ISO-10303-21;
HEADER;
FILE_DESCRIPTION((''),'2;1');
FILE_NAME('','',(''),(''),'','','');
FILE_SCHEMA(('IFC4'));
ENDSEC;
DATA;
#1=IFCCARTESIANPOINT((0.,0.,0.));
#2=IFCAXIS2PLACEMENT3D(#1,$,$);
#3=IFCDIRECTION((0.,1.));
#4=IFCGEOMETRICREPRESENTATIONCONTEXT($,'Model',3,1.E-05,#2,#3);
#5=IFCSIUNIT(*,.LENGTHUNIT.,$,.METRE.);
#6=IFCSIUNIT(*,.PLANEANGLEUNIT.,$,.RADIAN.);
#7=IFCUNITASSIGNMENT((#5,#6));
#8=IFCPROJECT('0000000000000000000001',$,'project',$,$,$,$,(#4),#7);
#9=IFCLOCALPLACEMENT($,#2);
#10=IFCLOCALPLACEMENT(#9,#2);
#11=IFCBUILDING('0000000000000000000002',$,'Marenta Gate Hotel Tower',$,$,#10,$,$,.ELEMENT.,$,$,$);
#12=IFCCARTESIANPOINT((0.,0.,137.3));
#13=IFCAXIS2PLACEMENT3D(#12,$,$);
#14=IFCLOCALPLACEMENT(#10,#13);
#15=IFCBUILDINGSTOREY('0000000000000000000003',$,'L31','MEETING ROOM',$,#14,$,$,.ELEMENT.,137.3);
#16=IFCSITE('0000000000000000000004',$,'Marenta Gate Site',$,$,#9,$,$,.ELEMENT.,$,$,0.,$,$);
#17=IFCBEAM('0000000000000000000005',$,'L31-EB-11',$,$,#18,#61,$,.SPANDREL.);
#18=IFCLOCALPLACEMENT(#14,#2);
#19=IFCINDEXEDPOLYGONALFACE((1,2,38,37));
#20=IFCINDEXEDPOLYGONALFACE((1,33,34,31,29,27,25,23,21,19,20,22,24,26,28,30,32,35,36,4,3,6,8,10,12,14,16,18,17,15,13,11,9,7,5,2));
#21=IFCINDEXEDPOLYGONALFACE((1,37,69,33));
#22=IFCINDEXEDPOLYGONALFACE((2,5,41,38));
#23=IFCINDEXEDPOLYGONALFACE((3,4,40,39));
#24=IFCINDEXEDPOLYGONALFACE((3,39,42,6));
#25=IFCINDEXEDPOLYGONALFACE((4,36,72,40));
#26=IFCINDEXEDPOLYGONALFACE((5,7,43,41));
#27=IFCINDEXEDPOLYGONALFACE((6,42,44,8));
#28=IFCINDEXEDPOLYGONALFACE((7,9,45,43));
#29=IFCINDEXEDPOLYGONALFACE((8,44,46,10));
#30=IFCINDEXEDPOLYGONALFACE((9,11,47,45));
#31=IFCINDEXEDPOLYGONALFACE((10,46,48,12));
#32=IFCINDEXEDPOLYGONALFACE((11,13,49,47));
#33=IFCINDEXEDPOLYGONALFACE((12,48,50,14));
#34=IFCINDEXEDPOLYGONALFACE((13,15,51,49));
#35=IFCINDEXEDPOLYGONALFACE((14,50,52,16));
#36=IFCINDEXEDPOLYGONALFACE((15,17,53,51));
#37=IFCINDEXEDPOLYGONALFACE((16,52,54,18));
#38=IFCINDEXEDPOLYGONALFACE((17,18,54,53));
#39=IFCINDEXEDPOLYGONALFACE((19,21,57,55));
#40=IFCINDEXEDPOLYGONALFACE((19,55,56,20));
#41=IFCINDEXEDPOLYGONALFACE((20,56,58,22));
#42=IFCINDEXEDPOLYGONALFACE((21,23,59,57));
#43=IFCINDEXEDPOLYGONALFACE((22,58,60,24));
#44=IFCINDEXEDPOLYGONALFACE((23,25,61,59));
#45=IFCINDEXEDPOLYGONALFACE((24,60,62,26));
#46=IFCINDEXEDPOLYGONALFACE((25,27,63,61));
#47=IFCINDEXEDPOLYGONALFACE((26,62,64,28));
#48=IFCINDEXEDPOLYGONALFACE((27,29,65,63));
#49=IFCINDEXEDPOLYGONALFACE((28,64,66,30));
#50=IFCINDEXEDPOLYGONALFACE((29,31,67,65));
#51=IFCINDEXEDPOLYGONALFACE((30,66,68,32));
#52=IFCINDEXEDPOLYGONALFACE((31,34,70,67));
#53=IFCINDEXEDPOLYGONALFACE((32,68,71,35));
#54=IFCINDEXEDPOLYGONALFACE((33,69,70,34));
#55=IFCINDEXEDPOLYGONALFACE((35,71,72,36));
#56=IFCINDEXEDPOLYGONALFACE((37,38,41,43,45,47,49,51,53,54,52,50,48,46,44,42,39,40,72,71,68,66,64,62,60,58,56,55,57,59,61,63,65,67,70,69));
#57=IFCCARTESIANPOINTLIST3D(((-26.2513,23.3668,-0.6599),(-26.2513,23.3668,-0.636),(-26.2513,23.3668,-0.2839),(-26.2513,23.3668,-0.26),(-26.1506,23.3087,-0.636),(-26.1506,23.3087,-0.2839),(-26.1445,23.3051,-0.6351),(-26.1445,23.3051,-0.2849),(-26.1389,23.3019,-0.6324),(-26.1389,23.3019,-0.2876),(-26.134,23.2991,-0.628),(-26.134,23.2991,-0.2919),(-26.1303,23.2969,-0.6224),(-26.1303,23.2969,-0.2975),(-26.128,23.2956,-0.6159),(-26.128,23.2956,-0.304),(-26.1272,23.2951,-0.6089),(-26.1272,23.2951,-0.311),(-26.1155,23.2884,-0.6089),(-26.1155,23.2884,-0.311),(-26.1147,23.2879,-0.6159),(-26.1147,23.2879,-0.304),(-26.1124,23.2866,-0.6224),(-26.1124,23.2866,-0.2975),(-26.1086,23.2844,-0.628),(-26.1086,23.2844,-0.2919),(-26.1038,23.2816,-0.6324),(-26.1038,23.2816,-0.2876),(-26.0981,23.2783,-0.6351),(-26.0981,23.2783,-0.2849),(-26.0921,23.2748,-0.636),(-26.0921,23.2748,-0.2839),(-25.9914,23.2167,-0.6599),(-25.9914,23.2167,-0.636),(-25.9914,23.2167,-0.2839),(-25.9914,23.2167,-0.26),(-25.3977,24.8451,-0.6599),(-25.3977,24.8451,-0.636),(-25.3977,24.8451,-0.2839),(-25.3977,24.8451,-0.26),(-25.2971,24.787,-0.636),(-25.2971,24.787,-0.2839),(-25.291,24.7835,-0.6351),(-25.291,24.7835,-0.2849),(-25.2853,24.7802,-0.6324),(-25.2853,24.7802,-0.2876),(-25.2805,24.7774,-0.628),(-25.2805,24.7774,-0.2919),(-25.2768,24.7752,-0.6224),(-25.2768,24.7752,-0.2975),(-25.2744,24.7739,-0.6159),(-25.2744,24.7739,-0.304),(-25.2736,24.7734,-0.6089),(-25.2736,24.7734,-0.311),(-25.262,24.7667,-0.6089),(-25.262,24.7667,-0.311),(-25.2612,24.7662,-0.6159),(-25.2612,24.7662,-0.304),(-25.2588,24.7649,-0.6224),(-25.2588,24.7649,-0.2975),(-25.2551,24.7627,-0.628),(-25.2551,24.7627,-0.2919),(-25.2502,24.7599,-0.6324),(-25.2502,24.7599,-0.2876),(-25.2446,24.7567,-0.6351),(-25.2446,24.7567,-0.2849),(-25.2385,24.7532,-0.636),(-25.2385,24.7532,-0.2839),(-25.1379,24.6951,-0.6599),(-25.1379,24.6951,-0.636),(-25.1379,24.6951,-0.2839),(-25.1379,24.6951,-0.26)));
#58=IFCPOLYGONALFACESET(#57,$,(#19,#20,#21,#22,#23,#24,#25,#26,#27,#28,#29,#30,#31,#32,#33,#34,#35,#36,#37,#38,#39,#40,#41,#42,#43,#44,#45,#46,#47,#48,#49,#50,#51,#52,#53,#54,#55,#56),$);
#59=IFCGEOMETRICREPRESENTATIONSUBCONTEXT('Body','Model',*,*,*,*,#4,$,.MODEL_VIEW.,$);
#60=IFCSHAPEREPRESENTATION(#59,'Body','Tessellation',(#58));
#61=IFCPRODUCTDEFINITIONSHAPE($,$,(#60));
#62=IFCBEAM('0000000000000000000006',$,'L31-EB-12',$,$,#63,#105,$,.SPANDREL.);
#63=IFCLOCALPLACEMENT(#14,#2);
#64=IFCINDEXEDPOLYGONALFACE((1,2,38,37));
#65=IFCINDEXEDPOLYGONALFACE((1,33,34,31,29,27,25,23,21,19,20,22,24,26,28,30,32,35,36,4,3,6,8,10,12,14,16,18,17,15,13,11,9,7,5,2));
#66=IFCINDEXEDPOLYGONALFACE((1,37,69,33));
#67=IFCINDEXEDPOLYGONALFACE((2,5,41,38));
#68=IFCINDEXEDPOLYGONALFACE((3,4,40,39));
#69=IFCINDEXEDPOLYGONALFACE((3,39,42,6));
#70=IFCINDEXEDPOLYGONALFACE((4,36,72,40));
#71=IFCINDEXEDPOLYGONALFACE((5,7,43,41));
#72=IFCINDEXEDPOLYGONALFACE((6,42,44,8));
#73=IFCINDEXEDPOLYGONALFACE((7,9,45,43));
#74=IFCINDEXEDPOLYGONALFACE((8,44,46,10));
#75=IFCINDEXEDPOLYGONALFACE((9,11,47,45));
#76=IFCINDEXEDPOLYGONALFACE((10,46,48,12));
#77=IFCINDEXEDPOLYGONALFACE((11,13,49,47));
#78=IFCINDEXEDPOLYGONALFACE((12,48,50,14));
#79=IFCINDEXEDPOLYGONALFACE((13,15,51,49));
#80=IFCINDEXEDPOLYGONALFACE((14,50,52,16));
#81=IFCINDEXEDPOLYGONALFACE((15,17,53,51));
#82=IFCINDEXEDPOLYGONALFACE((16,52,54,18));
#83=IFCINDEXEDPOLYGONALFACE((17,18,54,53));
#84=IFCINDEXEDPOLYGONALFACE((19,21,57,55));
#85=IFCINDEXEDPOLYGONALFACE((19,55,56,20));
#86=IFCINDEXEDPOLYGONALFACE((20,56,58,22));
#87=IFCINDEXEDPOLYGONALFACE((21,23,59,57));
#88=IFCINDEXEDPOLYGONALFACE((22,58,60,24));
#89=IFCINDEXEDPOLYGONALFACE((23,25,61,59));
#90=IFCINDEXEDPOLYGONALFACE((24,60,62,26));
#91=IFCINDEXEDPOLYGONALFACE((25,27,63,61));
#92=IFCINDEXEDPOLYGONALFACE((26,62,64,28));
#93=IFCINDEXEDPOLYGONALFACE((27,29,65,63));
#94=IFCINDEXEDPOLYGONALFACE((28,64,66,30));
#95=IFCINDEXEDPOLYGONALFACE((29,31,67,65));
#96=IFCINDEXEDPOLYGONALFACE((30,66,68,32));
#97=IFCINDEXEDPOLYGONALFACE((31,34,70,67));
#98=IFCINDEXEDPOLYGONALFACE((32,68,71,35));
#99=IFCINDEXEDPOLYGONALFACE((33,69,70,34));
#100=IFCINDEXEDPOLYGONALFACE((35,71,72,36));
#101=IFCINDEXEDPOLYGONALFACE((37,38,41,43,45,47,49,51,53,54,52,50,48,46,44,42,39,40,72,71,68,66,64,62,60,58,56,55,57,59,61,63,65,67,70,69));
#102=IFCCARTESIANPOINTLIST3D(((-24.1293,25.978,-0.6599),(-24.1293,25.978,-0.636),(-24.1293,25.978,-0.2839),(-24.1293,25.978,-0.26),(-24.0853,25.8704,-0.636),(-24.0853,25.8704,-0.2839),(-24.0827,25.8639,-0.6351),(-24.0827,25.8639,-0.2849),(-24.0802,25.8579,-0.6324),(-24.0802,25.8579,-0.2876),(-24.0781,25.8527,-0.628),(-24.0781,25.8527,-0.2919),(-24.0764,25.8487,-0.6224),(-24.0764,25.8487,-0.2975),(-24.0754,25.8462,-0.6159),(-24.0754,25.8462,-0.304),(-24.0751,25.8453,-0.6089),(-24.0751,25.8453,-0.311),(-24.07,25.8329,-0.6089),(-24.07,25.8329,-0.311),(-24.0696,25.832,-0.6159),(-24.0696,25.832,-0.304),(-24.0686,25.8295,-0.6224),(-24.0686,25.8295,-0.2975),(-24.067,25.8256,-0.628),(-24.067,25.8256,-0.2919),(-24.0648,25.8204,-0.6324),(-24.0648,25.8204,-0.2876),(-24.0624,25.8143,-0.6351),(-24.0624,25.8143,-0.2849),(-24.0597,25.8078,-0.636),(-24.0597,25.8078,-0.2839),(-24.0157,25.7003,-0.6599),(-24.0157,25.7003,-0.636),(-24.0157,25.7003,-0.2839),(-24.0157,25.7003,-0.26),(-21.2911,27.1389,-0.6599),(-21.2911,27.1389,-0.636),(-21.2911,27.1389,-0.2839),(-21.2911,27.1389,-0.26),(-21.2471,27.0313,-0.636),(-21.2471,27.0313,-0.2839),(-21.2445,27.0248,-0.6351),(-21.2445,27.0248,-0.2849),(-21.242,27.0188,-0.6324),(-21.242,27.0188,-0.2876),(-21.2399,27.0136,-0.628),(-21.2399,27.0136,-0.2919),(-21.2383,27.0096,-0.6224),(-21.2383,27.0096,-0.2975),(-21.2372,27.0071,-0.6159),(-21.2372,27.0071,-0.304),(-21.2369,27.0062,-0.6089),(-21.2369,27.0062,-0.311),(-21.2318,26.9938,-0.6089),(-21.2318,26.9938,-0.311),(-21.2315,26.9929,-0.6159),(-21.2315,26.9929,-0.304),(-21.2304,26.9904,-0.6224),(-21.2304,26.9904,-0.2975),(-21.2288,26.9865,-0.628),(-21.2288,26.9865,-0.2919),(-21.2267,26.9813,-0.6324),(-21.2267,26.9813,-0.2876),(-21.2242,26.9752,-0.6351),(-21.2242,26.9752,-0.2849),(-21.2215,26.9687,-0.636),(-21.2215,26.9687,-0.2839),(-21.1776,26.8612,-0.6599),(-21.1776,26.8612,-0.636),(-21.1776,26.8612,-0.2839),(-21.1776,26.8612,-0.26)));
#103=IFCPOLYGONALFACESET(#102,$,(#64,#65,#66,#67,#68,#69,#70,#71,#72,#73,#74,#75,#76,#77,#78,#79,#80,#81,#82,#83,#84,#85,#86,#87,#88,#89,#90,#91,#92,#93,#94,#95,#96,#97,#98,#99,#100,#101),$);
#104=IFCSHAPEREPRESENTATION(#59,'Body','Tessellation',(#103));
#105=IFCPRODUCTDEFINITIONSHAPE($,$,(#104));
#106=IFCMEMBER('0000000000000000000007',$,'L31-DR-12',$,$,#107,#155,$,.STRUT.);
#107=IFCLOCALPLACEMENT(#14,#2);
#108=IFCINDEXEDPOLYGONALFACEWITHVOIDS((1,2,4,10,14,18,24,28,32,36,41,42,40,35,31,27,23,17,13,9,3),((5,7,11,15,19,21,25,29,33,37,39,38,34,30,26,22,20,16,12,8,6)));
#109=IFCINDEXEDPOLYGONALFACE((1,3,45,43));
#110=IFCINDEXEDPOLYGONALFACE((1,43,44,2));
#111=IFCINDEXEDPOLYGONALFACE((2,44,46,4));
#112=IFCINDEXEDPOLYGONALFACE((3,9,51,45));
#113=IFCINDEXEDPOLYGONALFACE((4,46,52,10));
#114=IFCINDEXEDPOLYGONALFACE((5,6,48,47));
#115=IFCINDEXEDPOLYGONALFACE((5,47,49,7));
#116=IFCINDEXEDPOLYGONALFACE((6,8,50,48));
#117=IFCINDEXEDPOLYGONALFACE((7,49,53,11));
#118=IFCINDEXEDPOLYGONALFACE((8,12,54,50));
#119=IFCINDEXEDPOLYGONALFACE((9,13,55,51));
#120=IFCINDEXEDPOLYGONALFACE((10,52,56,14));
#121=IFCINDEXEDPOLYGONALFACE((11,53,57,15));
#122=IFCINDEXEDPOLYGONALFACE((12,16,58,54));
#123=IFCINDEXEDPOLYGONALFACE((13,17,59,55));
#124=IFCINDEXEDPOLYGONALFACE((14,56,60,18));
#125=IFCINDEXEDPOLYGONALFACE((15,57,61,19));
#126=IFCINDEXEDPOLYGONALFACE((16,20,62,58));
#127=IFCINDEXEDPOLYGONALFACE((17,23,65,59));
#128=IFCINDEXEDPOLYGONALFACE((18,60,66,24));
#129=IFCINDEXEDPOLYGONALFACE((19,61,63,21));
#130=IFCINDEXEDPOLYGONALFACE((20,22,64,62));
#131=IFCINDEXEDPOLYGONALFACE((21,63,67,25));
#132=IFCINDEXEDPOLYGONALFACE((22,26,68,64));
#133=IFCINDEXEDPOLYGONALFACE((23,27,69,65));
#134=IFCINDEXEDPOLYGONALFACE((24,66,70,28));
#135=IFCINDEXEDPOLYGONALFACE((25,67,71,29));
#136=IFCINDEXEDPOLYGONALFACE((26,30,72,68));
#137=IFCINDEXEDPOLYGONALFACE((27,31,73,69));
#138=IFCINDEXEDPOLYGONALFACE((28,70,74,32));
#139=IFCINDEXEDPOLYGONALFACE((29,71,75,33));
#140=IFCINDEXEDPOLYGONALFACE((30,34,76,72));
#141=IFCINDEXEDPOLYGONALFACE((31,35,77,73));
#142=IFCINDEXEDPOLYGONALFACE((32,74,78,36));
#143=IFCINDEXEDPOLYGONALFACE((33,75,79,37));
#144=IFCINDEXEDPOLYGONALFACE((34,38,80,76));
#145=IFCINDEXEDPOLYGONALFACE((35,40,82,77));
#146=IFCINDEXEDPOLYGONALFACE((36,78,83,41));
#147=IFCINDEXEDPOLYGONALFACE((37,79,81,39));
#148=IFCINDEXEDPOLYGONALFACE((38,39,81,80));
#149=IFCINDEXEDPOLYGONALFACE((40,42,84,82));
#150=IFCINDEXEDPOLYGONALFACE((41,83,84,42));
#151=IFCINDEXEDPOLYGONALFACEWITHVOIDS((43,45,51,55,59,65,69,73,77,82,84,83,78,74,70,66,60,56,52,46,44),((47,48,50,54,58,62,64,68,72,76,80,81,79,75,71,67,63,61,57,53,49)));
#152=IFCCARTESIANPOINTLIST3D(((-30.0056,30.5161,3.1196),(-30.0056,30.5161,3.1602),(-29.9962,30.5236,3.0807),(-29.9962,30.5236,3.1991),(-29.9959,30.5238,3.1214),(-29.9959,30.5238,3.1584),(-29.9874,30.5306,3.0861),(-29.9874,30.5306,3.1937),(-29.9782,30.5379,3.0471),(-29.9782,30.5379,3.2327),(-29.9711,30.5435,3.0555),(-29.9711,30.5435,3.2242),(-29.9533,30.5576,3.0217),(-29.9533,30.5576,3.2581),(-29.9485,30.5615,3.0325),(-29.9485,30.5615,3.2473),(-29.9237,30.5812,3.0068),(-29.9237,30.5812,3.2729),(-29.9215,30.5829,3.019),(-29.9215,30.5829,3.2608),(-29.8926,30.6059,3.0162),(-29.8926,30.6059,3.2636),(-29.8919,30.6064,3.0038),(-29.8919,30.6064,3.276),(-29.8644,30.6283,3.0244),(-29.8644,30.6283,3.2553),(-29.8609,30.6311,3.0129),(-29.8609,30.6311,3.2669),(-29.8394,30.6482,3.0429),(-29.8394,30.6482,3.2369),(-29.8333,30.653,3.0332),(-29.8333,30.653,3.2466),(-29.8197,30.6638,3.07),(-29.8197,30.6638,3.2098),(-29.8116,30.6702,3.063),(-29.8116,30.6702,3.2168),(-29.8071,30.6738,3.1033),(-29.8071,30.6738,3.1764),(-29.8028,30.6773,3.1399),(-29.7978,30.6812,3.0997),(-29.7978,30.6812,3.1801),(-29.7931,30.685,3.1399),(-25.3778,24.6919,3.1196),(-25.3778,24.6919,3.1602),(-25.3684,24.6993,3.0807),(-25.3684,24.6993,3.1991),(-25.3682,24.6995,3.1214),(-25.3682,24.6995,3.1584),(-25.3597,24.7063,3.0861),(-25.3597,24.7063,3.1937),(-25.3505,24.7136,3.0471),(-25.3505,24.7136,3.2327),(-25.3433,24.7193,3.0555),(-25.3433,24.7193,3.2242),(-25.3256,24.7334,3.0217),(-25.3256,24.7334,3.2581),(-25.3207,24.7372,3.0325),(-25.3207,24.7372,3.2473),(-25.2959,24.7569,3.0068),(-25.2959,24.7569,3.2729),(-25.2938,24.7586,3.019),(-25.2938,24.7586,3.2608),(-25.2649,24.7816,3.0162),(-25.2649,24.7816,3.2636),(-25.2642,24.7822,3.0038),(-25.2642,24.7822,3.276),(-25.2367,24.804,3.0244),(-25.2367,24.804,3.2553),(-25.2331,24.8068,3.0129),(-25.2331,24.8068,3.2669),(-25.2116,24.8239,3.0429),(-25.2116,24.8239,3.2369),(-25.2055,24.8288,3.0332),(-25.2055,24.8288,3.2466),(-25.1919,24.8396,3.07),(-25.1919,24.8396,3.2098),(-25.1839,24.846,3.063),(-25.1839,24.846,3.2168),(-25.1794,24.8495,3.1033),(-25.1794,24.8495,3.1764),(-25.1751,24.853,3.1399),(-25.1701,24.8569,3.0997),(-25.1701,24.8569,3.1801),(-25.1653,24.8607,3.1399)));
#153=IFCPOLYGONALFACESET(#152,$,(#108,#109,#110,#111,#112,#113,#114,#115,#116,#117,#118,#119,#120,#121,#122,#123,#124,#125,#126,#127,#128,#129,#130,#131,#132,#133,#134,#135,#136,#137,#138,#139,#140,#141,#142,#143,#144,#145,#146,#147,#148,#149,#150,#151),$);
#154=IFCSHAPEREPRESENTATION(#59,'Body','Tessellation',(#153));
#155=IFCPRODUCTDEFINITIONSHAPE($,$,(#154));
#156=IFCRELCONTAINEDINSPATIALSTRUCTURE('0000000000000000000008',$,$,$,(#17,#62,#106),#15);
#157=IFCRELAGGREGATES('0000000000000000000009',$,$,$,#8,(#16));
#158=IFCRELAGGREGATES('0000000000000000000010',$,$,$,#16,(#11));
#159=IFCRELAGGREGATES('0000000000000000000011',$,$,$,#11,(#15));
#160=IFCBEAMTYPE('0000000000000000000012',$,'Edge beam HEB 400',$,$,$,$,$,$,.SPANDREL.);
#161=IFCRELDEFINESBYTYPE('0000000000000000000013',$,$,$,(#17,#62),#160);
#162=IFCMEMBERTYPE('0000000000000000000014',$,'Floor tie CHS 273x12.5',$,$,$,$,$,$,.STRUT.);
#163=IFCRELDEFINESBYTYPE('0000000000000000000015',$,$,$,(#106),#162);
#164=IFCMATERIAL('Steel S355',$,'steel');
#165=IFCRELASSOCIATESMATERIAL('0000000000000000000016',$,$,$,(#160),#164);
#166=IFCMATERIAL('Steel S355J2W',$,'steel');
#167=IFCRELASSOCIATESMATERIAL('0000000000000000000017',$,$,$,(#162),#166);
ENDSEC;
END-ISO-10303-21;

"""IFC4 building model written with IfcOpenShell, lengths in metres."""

from ifc_helpers import new_model, si_unit, direction, frame, origin, origin_2d, place, context, subcontext, project, spatial, hollow_circle, i_section, extrude, material, material_profile, profile_set, type_object, element, save


model = new_model("IFC4")

# Units and contexts
model_context = context("Model", 3, precision=1e-05, world=origin(), true_north=direction((0.0, 1.0)))
body_context = subcontext(model_context, "Body", "Model", "MODEL_VIEW")
ifc_project = project(units=[si_unit("LENGTHUNIT", "METRE"), si_unit("PLANEANGLEUNIT", "RADIAN")], contexts=[model_context])

# Site, building, storey
site_placement = place(None, origin())
site = spatial("IfcSite", under=ifc_project, at=site_placement, Name="Marenta Gate Site", CompositionType="ELEMENT", RefElevation=0.0)
building_placement = place(site_placement, origin())
building = spatial("IfcBuilding", under=site, at=building_placement, Name="Marenta Gate Hotel Tower", CompositionType="ELEMENT")
storey_placement = place(building_placement, frame((0.0, 0.0, 137.3)))
storey = spatial("IfcBuildingStorey", under=building, at=storey_placement, Name="L31", Description="MEETING ROOM", CompositionType="ELEMENT", Elevation=137.3)

# Beams
ifc_material_1 = material(Name="Steel S355", Category="steel")
ifc_material_profile_1 = material_profile(ifc_material_1, i_section(OverallWidth=0.3, OverallDepth=0.3999, WebThickness=0.0134, FlangeThickness=0.0239, FilletRadius=0.0271, at=origin_2d()), Name="HEB 400")
ifc_profile_set_1 = profile_set([ifc_material_profile_1], Name="Steel S355")
beam_type_1 = type_object("IfcBeamType", Name="Edge beam HEB 400", PredefinedType="SPANDREL", material=ifc_profile_set_1)
beam_1_placement = place(storey_placement, frame((-26.1213, 23.2917, -0.46), z_axis=(0.500015, 0.866016, 0.0), x_axis=(-0.866016, 0.500015, 0.0)))
element("IfcBeam", 1, at=beam_1_placement, inside=storey, type_object=beam_type_1, Name="L31-EB-11", PredefinedType="SPANDREL", context=body_context, shape_type="SweptSolid", body=[
    extrude(i_section(OverallWidth=0.3, OverallDepth=0.3999, WebThickness=0.0134, FlangeThickness=0.0239, FilletRadius=0.0271, at=origin_2d()), origin(), (0.0, 0.0, 1.0), 1.707),
])
beam_2_placement = place(storey_placement, frame((-24.0725, 25.8391, -0.46), z_axis=(0.925566, 0.378586, 0.0), x_axis=(-0.378586, 0.925566, 0.0)))
element("IfcBeam", 2, at=beam_2_placement, inside=storey, type_object=beam_type_1, Name="L31-EB-12", PredefinedType="SPANDREL", context=body_context, shape_type="SweptSolid", body=[
    extrude(i_section(OverallWidth=0.3, OverallDepth=0.3999, WebThickness=0.0134, FlangeThickness=0.0239, FilletRadius=0.0271, at=origin_2d()), origin(), (0.0, 0.0, 1.0), 3.0664),
])

# Member
ifc_material_2 = material(Name="Steel S355J2W", Category="steel")
ifc_material_profile_2 = material_profile(ifc_material_2, hollow_circle(Radius=0.1365, WallThickness=0.0125, at=origin_2d()), Name="CHS 273x12.5")
ifc_profile_set_2 = profile_set([ifc_material_profile_2], Name="Steel S355J2W")
member_type_1 = type_object("IfcMemberType", Name="Floor tie CHS 273x12.5", PredefinedType="STRUT", material=ifc_profile_set_2)
member_1_placement = place(storey_placement, frame((-29.8999, 30.6001, 3.1399), z_axis=(0.622094, -0.782943, 0.0), x_axis=(0.782943, 0.622094, 0.0)))
element("IfcMember", 3, at=member_1_placement, inside=storey, type_object=member_type_1, Name="L31-DR-12", PredefinedType="STRUT", context=body_context, shape_type="SweptSolid", body=[
    extrude(hollow_circle(Radius=0.1365, WallThickness=0.0125, at=origin_2d()), origin(), (0.0, 0.0, 1.0), 7.439),
])

save(model, "model.ifc")
